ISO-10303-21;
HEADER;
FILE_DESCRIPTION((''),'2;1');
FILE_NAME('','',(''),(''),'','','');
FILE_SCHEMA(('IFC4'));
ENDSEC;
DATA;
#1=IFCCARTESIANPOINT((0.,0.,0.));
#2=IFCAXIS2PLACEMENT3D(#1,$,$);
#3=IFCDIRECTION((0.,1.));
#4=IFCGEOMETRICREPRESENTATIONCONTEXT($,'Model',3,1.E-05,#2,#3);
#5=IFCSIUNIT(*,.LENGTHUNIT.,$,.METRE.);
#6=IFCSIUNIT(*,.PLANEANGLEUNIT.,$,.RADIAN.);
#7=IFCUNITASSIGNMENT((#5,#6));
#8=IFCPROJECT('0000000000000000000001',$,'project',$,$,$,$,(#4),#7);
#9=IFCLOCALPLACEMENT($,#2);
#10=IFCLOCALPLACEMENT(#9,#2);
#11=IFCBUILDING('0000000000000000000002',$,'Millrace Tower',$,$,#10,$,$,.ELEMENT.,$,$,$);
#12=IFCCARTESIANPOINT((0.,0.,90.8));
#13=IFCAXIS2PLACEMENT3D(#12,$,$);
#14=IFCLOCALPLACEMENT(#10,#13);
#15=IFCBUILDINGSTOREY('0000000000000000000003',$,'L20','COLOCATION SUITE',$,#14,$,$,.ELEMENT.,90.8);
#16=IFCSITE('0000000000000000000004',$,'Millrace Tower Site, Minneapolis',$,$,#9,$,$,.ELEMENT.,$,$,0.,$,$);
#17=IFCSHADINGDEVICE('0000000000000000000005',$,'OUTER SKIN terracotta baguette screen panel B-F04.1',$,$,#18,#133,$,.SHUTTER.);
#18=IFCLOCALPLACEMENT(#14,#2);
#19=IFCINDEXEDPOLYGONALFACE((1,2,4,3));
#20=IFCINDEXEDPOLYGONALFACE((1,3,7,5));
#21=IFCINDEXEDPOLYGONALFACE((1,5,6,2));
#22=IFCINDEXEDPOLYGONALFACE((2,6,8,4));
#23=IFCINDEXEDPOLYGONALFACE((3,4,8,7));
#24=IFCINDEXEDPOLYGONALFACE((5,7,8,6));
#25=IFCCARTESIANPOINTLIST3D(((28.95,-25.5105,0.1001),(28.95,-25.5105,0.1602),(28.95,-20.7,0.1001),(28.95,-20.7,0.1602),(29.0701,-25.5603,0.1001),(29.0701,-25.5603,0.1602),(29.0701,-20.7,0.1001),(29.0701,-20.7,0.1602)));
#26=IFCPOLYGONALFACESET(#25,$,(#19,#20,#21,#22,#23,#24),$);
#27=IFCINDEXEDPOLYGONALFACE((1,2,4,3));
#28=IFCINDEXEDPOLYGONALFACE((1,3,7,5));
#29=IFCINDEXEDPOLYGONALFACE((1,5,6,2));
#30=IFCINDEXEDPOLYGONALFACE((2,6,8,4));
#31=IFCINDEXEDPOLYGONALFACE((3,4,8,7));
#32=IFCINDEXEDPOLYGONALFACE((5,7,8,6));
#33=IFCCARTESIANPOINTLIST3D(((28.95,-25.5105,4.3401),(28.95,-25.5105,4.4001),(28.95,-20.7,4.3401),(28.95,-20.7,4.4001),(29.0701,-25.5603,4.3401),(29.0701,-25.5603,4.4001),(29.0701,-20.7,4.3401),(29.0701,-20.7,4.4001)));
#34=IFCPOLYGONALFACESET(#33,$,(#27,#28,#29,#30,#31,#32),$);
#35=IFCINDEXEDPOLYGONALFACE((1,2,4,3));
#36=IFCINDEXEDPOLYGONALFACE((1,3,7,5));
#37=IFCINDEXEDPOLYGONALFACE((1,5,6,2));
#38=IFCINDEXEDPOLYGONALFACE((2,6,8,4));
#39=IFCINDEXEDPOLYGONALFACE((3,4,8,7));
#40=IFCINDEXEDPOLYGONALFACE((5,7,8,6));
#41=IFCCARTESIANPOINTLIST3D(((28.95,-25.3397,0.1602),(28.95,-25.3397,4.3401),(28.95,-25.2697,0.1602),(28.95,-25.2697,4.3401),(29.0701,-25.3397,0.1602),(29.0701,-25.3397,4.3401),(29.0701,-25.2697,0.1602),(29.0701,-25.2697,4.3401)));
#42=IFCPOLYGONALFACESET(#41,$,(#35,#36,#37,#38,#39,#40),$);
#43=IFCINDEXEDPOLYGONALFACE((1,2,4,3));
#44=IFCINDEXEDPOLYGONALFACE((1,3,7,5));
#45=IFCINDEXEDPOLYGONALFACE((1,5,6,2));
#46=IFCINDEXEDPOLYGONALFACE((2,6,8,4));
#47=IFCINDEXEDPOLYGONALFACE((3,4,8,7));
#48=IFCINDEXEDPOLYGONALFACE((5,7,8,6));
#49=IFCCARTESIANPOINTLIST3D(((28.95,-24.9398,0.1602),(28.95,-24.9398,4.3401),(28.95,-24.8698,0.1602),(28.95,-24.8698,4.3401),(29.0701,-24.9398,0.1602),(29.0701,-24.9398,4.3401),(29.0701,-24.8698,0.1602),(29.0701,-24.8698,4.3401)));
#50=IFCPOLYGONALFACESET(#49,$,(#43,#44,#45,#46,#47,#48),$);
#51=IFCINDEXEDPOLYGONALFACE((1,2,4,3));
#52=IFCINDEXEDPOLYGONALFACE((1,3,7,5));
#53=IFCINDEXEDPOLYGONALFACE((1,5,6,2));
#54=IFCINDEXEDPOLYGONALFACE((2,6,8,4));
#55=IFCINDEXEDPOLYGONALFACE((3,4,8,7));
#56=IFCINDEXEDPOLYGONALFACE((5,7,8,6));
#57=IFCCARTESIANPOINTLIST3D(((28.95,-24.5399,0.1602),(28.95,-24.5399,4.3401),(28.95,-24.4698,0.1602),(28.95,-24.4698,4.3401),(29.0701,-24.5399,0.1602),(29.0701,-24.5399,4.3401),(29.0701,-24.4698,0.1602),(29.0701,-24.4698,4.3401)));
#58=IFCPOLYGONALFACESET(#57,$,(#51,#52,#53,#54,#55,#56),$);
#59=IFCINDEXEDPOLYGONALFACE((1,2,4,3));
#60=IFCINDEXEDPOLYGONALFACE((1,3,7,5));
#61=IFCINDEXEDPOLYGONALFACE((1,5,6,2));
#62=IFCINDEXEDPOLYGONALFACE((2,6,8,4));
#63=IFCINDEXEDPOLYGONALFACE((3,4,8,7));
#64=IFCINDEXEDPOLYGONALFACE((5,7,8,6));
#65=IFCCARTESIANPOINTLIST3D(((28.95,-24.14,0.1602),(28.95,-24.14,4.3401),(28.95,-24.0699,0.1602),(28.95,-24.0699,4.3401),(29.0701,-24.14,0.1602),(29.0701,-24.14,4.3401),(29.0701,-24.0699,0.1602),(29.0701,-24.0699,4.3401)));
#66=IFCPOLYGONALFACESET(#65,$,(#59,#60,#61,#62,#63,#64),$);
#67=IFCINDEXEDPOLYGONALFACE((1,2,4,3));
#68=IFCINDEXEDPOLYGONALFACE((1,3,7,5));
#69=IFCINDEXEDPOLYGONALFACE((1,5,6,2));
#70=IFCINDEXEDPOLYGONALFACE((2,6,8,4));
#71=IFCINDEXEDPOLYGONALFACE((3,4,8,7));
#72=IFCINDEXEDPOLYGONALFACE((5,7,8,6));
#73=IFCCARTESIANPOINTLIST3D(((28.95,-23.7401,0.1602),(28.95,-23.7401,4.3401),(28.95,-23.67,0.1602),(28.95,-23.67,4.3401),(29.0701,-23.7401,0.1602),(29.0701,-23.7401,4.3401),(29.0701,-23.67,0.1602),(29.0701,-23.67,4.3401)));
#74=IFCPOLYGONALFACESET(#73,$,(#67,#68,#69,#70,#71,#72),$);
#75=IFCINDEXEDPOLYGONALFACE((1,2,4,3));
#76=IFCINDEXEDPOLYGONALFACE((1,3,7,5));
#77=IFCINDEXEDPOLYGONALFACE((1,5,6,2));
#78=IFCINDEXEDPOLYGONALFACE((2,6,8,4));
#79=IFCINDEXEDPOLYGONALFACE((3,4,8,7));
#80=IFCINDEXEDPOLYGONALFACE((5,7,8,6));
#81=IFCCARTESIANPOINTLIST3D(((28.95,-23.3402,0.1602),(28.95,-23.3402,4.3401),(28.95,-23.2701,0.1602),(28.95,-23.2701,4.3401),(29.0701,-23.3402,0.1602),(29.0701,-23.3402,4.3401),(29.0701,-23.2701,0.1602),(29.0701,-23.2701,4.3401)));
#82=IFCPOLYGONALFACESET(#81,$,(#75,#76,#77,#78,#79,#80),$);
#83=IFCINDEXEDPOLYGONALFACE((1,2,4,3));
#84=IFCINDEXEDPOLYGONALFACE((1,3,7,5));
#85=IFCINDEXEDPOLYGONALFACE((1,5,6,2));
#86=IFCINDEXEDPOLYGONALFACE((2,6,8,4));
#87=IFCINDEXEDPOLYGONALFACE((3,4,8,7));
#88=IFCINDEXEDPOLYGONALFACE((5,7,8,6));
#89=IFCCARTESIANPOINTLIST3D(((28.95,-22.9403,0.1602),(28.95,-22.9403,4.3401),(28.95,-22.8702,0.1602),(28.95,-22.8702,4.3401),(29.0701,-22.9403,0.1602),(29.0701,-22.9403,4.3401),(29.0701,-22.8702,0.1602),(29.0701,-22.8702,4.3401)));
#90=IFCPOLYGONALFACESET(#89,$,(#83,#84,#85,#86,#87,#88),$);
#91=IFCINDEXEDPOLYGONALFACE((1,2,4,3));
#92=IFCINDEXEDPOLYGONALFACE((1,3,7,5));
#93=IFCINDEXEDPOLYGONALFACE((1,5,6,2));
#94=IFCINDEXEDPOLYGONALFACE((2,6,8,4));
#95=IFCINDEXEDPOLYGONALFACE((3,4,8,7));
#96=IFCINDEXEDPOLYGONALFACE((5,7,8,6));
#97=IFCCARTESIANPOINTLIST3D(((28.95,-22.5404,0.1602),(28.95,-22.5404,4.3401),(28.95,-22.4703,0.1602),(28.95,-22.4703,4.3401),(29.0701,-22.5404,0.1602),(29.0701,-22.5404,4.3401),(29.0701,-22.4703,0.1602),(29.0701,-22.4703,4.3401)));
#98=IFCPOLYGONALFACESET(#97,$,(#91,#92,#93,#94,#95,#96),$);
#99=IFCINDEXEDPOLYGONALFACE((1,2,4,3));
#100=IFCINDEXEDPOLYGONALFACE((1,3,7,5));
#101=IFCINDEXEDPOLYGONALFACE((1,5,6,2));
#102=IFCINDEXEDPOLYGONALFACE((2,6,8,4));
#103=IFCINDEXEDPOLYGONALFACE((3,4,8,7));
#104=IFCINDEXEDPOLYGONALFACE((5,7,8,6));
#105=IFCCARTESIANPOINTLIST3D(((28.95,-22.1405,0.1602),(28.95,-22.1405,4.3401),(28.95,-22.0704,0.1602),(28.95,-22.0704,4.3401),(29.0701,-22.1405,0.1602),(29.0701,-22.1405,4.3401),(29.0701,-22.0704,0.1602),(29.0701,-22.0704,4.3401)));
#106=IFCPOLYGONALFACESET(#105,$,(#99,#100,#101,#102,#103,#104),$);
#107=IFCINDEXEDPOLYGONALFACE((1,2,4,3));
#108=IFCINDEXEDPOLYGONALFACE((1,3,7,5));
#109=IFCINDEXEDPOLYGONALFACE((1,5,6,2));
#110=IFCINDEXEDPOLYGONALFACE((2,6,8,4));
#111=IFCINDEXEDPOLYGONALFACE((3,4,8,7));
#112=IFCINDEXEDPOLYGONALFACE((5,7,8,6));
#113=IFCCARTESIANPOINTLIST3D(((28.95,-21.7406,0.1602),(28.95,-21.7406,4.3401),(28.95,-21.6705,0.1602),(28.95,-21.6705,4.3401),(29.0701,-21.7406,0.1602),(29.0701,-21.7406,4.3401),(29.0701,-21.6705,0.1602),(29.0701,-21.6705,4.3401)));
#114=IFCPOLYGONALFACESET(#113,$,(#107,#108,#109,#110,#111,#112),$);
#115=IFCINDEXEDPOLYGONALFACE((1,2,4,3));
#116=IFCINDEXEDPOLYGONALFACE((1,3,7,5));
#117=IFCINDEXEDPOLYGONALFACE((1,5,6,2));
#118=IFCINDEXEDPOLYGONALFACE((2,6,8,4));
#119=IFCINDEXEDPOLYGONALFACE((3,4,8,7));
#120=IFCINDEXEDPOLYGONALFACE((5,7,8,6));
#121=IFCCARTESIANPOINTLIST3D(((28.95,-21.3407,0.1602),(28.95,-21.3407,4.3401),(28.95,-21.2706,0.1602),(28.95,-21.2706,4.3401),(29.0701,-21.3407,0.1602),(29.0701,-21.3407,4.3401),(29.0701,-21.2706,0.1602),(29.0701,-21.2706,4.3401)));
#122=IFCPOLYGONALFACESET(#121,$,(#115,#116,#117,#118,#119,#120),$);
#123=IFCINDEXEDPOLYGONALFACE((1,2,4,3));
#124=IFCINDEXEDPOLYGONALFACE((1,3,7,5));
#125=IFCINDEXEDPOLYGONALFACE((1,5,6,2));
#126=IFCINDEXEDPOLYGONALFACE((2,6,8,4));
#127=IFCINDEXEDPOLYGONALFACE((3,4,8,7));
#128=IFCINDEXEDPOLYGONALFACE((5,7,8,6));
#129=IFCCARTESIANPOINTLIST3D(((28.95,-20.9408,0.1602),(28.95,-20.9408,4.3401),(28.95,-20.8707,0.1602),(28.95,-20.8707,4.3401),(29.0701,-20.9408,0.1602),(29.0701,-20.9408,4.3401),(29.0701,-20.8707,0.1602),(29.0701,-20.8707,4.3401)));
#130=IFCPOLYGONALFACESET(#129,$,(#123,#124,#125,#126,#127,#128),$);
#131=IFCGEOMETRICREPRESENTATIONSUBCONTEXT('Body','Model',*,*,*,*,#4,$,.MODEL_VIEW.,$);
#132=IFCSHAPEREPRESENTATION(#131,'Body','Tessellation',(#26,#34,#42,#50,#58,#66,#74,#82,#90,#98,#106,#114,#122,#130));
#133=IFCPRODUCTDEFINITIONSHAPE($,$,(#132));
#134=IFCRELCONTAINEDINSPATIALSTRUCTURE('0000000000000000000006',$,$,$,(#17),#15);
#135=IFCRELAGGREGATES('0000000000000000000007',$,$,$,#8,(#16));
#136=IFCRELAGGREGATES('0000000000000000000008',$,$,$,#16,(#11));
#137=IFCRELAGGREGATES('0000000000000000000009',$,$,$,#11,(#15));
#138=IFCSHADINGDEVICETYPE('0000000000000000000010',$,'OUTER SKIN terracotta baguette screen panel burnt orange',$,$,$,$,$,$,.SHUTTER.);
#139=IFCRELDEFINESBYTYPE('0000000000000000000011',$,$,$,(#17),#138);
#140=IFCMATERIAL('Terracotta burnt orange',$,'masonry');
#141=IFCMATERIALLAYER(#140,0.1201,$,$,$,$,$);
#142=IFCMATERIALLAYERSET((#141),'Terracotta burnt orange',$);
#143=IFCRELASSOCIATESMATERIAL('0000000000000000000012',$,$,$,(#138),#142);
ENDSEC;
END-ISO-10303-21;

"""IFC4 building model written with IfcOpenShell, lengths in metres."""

from ifc_helpers import new_model, entity, si_unit, direction, frame, frame_2d, origin, place, context, subcontext, project, spatial, rectangle, extrude, source, transform, mapped, material, layer, layer_set, type_object, element, save


model = new_model("IFC4")

# Units and contexts
model_context = context("Model", 3, precision=1e-05, world=origin(), true_north=direction((0.0, 1.0)))
body_context = subcontext(model_context, "Body", "Model", "MODEL_VIEW")
ifc_project = project(units=[si_unit("LENGTHUNIT", "METRE"), si_unit("PLANEANGLEUNIT", "RADIAN")], contexts=[model_context])

# Site, building, storey
site_placement = place(None, origin())
site = spatial("IfcSite", under=ifc_project, at=site_placement, Name="Millrace Tower Site, Minneapolis", CompositionType="ELEMENT", RefElevation=0.0)
building_placement = place(site_placement, origin())
building = spatial("IfcBuilding", under=site, at=building_placement, Name="Millrace Tower", CompositionType="ELEMENT")
storey_placement = place(building_placement, frame((0.0, 0.0, 90.8)))
storey = spatial("IfcBuildingStorey", under=building, at=storey_placement, Name="L20", Description="COLOCATION SUITE", CompositionType="ELEMENT", Elevation=90.8)

# Shading device
ifc_material_1 = material(Name="Terracotta burnt orange", Category="masonry")
ifc_layer_1 = layer(ifc_material_1, 0.1201)
ifc_layer_set_1 = layer_set([ifc_layer_1], Name="Terracotta burnt orange")
shading_device_type = type_object("IfcShadingDeviceType", Name="OUTER SKIN terracotta baguette screen panel burnt orange", PredefinedType="SHUTTER", material=ifc_layer_set_1)
cartesian_point_1 = entity("IfcCartesianPoint", [-2.3928, 0.0601])
shared_polyline_1 = entity("IfcPolyline", [cartesian_point_1, entity("IfcCartesianPoint", [2.4177, 0.0601]), entity("IfcCartesianPoint", [2.4177, -0.0601]), entity("IfcCartesianPoint", [-2.4426, -0.0601]), cartesian_point_1])
shared_shape_1 = source(origin(), body_context, "Body", "SweptSolid", [
    entity("IfcExtrudedAreaSolid", entity("IfcArbitraryClosedProfileDef", "AREA", None, shared_polyline_1), entity("IfcAxis2Placement3D", entity("IfcCartesianPoint", [0.0, 0.0, 0.0])), entity("IfcDirection", [0.0, 0.0, 1.0]), 0.0601),
    entity("IfcExtrudedAreaSolid", entity("IfcArbitraryClosedProfileDef", "AREA", None, shared_polyline_1), entity("IfcAxis2Placement3D", entity("IfcCartesianPoint", [0.0, 0.0, 4.24])), entity("IfcDirection", [0.0, 0.0, 1.0]), 0.0601),
    extrude(rectangle(XDim=0.0701, YDim=0.1201, at=frame_2d((-2.187, 0.0))), frame((0.0, 0.0, 0.0601)), (0.0, 0.0, 1.0), 4.1799),
    extrude(rectangle(XDim=0.0701, YDim=0.1201, at=frame_2d((-1.7871, 0.0))), frame((0.0, 0.0, 0.0601)), (0.0, 0.0, 1.0), 4.1799),
    extrude(rectangle(XDim=0.0701, YDim=0.1201, at=frame_2d((-1.3872, 0.0))), frame((0.0, 0.0, 0.0601)), (0.0, 0.0, 1.0), 4.1799),
    extrude(rectangle(XDim=0.0701, YDim=0.1201, at=frame_2d((-0.9873, 0.0))), frame((0.0, 0.0, 0.0601)), (0.0, 0.0, 1.0), 4.1799),
    extrude(rectangle(XDim=0.0701, YDim=0.1201, at=frame_2d((-0.5874, 0.0))), frame((0.0, 0.0, 0.0601)), (0.0, 0.0, 1.0), 4.1799),
    extrude(rectangle(XDim=0.0701, YDim=0.1201, at=frame_2d((-0.1875, 0.0))), frame((0.0, 0.0, 0.0601)), (0.0, 0.0, 1.0), 4.1799),
    extrude(rectangle(XDim=0.0701, YDim=0.1201, at=frame_2d((0.2124, 0.0))), frame((0.0, 0.0, 0.0601)), (0.0, 0.0, 1.0), 4.1799),
    extrude(rectangle(XDim=0.0701, YDim=0.1201, at=frame_2d((0.6123, 0.0))), frame((0.0, 0.0, 0.0601)), (0.0, 0.0, 1.0), 4.1799),
    extrude(rectangle(XDim=0.0701, YDim=0.1201, at=frame_2d((1.0122, 0.0))), frame((0.0, 0.0, 0.0601)), (0.0, 0.0, 1.0), 4.1799),
    extrude(rectangle(XDim=0.0701, YDim=0.1201, at=frame_2d((1.4121, 0.0))), frame((0.0, 0.0, 0.0601)), (0.0, 0.0, 1.0), 4.1799),
    extrude(rectangle(XDim=0.0701, YDim=0.1201, at=frame_2d((1.812, 0.0))), frame((0.0, 0.0, 0.0601)), (0.0, 0.0, 1.0), 4.1799),
    extrude(rectangle(XDim=0.0701, YDim=0.1201, at=frame_2d((2.2119, 0.0))), frame((0.0, 0.0, 0.0601)), (0.0, 0.0, 1.0), 4.1799),
])
shading_device_1_placement = place(storey_placement, frame((29.01, -23.1177, 0.1001), z_axis=(0.0, 0.0, 1.0), x_axis=(0.0, 1.0, 0.0)))
element("IfcShadingDevice", 1, at=shading_device_1_placement, inside=storey, type_object=shading_device_type, Name="OUTER SKIN terracotta baguette screen panel B-F04.1", PredefinedType="SHUTTER", context=body_context, shape_type="MappedRepresentation", body=[
    mapped(shared_shape_1, transform((0.0, 0.0, 0.0), scale=1.0)),
])

save(model, "model.ifc")
